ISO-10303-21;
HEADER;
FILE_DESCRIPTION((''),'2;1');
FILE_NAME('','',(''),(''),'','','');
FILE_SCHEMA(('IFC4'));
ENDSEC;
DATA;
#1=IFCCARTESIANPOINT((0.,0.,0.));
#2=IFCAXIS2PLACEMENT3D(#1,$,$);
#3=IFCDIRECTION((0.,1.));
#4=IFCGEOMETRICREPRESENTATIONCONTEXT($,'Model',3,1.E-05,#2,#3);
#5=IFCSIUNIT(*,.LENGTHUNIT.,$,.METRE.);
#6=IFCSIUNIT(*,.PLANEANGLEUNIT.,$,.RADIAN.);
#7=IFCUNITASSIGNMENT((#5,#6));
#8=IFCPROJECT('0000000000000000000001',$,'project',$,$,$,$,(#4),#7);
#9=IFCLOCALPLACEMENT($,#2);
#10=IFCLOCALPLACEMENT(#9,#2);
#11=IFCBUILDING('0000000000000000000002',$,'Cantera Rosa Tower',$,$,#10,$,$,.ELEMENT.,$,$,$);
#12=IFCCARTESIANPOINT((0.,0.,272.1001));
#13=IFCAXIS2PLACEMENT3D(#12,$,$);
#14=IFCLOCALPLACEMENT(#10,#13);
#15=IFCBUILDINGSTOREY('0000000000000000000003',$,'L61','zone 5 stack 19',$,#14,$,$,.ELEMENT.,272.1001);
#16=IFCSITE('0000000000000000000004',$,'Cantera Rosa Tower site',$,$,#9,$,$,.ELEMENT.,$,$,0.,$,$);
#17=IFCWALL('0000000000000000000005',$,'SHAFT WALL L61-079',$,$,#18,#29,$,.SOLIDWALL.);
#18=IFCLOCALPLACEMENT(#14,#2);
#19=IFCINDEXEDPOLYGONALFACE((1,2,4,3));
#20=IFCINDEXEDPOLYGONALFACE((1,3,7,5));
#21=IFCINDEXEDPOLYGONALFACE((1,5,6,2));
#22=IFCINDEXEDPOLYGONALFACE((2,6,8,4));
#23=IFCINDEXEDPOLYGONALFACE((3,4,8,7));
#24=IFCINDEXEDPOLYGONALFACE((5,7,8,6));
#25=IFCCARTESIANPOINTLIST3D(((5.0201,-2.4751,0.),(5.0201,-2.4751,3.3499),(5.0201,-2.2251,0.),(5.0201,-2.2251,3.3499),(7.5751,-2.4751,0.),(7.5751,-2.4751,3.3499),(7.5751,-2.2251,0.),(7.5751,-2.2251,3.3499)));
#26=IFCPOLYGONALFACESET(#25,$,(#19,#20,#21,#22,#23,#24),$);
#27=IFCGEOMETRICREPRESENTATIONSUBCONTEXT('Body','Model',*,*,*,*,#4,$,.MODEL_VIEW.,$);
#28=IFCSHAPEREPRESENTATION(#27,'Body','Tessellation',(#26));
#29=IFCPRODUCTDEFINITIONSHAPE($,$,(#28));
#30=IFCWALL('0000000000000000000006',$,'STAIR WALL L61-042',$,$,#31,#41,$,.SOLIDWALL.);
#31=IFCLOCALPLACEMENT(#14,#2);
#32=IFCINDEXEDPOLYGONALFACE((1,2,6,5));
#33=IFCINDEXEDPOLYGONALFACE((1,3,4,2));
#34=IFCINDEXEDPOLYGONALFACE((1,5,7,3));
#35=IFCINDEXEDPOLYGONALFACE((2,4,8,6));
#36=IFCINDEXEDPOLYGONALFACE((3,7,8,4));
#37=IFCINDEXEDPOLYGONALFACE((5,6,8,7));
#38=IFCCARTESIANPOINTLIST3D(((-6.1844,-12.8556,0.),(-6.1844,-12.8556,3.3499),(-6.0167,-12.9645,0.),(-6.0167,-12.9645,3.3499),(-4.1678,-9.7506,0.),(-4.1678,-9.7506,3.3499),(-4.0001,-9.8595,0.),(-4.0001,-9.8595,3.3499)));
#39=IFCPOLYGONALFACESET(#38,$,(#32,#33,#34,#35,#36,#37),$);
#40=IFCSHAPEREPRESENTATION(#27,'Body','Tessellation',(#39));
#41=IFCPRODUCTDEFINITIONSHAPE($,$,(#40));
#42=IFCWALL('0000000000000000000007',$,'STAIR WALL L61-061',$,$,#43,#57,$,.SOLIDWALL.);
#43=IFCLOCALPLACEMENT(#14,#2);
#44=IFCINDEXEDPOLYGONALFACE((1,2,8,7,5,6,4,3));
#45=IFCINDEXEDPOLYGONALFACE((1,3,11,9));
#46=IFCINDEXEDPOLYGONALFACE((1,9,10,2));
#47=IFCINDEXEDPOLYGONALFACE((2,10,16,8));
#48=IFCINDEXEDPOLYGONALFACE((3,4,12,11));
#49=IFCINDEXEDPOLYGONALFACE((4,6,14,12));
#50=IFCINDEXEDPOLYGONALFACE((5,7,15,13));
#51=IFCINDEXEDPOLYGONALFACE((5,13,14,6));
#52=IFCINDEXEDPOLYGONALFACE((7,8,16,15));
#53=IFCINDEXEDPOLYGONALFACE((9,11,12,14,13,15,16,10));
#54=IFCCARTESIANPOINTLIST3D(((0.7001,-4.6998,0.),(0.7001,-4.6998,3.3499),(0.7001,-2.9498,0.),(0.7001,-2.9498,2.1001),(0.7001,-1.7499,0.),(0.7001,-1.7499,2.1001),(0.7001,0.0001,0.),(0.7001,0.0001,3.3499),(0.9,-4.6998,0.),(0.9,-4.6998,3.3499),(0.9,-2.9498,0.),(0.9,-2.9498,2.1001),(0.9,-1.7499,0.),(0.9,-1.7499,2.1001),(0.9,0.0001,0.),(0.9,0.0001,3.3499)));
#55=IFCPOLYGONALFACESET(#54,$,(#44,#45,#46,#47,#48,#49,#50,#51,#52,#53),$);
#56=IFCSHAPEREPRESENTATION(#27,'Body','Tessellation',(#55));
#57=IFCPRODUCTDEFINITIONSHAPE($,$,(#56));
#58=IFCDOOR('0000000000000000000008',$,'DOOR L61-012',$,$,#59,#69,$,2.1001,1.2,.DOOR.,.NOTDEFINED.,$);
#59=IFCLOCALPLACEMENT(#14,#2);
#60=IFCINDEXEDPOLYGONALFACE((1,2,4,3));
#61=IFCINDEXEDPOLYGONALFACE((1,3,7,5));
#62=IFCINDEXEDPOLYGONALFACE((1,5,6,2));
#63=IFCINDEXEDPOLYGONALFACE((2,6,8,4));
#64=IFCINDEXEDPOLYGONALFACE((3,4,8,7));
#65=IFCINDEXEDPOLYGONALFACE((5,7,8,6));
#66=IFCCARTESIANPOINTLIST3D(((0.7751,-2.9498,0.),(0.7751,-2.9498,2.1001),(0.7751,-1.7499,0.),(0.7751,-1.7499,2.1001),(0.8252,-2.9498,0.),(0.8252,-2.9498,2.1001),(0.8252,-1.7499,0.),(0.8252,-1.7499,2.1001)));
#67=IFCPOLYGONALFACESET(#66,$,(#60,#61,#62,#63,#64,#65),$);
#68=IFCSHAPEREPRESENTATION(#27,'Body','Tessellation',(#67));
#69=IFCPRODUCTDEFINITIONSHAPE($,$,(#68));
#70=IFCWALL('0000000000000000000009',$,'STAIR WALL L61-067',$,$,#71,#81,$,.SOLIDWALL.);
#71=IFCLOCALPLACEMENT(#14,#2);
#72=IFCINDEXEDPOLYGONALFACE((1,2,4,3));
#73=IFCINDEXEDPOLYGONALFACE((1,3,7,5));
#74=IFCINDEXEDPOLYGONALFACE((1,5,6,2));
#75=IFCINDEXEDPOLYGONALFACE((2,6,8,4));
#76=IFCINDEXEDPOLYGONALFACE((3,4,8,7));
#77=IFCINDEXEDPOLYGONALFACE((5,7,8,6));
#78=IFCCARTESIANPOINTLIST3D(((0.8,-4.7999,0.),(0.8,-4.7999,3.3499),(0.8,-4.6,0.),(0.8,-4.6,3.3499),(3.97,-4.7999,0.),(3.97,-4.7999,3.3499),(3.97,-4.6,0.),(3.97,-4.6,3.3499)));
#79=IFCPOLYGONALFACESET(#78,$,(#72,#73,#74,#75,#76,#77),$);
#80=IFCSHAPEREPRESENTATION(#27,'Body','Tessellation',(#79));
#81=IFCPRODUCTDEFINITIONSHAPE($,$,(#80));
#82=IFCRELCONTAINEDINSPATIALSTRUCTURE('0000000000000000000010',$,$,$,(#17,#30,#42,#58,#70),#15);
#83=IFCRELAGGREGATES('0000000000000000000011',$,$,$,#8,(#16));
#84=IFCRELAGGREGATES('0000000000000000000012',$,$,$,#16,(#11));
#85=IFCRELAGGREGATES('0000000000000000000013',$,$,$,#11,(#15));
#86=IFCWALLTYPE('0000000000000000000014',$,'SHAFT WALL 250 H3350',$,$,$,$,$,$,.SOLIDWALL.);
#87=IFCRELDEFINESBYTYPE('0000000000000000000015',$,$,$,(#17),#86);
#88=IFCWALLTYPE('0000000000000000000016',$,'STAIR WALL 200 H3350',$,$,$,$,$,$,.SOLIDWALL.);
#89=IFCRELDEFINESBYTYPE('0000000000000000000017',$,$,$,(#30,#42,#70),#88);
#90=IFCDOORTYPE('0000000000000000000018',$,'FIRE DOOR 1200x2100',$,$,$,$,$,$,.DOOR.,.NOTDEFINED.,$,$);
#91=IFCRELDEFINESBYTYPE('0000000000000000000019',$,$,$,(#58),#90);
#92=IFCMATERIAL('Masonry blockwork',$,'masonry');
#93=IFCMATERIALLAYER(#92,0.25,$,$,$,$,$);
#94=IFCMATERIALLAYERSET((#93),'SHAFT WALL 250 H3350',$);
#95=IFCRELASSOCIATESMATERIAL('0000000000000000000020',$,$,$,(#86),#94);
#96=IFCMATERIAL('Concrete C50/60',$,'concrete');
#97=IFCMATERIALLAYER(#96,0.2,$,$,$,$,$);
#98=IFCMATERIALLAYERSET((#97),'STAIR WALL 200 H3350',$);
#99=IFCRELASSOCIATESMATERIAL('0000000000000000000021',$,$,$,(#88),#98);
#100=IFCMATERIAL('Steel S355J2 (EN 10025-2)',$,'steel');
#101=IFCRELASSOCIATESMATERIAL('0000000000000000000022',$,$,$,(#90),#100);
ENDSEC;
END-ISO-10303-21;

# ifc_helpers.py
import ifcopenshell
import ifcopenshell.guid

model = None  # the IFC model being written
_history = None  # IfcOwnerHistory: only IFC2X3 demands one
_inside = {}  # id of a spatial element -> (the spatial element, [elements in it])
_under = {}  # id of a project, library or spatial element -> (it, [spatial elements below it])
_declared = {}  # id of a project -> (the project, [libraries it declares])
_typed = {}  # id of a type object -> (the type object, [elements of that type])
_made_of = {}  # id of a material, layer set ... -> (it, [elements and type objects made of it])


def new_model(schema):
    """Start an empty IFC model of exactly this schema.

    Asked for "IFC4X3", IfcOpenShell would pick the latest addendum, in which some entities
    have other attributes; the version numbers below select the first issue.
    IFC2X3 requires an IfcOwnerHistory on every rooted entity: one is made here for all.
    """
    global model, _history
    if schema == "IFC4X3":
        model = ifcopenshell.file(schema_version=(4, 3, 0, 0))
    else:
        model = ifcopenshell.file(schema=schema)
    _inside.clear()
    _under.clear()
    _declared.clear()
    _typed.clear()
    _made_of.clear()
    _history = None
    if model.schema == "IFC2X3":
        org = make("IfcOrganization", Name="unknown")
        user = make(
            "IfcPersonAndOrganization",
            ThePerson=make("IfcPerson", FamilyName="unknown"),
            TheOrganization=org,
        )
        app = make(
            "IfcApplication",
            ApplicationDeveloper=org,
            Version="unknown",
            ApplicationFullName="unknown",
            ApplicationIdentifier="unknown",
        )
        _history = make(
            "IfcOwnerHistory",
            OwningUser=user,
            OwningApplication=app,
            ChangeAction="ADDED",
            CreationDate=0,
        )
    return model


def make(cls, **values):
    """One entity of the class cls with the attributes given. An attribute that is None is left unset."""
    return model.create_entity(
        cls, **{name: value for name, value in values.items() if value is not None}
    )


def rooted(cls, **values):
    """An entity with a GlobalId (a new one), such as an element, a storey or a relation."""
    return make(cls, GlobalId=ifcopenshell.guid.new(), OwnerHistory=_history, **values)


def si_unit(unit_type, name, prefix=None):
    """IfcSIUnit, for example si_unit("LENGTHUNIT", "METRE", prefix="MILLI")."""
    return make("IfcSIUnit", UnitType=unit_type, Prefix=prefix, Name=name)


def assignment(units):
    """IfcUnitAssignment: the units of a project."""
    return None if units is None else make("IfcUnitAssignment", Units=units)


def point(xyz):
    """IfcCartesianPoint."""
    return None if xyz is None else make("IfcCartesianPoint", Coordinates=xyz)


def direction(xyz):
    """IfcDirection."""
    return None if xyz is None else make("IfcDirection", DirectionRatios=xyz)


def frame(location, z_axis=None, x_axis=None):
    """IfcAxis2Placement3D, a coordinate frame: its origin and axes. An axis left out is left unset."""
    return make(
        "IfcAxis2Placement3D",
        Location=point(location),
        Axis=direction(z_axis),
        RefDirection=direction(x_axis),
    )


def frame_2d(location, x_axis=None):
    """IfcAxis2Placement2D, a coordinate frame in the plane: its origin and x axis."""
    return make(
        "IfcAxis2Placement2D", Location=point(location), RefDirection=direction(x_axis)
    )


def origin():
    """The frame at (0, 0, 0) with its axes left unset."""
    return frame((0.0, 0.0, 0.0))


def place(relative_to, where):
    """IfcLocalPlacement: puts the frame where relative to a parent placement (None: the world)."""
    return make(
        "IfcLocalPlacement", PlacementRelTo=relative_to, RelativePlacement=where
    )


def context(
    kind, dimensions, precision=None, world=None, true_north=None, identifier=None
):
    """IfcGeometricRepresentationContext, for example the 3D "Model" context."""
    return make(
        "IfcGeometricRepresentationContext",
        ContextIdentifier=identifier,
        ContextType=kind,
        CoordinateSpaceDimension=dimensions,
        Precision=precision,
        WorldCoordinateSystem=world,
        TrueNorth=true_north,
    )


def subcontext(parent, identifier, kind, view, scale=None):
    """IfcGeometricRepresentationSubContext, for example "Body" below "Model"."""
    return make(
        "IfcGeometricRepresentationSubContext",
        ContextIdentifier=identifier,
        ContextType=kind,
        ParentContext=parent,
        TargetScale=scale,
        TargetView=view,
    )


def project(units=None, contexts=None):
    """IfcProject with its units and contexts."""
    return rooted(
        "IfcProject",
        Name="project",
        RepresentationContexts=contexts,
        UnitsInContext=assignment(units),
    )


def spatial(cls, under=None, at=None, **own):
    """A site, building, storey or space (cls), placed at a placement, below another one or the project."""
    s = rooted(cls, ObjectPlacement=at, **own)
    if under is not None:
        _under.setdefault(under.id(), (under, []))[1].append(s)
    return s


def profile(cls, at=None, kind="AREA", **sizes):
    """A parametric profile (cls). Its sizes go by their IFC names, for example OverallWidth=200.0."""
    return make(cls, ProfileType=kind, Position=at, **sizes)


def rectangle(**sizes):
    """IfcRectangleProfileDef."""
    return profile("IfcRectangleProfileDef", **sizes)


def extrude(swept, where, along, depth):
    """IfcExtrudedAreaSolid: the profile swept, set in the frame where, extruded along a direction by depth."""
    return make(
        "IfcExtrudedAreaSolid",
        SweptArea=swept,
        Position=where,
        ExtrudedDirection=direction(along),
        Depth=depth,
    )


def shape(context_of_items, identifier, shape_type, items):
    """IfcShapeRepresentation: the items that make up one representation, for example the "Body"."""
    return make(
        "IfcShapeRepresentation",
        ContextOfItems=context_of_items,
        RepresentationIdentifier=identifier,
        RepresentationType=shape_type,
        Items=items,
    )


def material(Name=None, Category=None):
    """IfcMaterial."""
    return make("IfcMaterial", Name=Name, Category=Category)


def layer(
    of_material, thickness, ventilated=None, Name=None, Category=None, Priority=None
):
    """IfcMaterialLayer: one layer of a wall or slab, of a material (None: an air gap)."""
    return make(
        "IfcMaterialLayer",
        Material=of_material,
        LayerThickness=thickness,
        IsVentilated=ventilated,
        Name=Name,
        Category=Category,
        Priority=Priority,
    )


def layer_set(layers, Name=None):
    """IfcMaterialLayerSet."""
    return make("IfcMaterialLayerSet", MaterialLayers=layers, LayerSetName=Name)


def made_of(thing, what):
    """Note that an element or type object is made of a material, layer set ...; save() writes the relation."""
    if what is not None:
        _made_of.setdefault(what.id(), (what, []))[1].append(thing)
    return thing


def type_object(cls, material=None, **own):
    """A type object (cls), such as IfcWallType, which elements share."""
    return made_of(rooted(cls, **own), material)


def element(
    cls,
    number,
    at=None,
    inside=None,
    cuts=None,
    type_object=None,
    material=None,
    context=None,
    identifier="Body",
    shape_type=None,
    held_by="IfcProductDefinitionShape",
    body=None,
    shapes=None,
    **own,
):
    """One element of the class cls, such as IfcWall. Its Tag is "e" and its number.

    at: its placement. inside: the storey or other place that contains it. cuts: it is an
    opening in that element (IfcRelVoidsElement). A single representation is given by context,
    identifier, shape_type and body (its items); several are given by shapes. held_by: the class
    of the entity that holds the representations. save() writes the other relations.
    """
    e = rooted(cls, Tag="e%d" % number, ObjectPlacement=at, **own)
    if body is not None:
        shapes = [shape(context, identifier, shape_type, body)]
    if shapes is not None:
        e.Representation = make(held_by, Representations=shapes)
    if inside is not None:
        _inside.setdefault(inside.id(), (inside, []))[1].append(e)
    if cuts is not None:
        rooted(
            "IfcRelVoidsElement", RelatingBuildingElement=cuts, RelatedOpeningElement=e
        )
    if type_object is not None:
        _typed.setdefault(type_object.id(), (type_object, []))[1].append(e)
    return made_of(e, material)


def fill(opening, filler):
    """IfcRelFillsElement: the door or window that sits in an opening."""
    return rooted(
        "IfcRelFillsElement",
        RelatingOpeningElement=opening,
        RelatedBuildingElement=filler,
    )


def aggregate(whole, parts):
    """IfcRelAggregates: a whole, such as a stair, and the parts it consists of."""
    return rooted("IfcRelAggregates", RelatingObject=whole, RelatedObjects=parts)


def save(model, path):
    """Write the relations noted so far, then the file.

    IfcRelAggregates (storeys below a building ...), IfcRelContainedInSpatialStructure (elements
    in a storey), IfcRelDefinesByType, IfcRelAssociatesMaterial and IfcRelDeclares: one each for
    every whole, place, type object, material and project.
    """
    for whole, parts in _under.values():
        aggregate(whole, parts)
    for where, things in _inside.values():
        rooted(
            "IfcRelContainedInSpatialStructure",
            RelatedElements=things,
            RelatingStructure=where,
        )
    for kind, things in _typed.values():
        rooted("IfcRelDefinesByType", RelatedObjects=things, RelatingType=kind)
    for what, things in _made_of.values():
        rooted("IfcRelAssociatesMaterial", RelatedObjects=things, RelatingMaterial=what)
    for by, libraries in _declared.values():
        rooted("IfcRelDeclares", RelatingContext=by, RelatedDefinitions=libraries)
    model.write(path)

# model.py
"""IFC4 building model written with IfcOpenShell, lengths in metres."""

from ifc_helpers import new_model, si_unit, direction, frame, frame_2d, origin, place, context, subcontext, project, spatial, rectangle, extrude, material, layer, layer_set, type_object, element, fill, save


model = new_model("IFC4")

# Units and contexts
model_context = context("Model", 3, precision=1e-05, world=origin(), true_north=direction((0.0, 1.0)))
body_context = subcontext(model_context, "Body", "Model", "MODEL_VIEW")
ifc_project = project(units=[si_unit("LENGTHUNIT", "METRE"), si_unit("PLANEANGLEUNIT", "RADIAN")], contexts=[model_context])

# Site, building, storey
site_placement = place(None, origin())
site = spatial("IfcSite", under=ifc_project, at=site_placement, Name="Cantera Rosa Tower site", CompositionType="ELEMENT", RefElevation=0.0)
building_placement = place(site_placement, origin())
building = spatial("IfcBuilding", under=site, at=building_placement, Name="Cantera Rosa Tower", CompositionType="ELEMENT")
storey_placement = place(building_placement, frame((0.0, 0.0, 272.1001)))
storey = spatial("IfcBuildingStorey", under=building, at=storey_placement, Name="L61", Description="zone 5 stack 19", CompositionType="ELEMENT", Elevation=272.1001)

# Walls
ifc_material_1 = material(Name="Masonry blockwork", Category="masonry")
ifc_layer_1 = layer(ifc_material_1, 0.25)
ifc_layer_set_1 = layer_set([ifc_layer_1], Name="SHAFT WALL 250 H3350")
wall_type_1 = type_object("IfcWallType", Name="SHAFT WALL 250 H3350", PredefinedType="SOLIDWALL", material=ifc_layer_set_1)
wall_1_placement = place(storey_placement, frame((7.575, -2.3501, 0.0), z_axis=(0.0, 0.0, 1.0), x_axis=(-1.0, 0.0, 0.0)))
element("IfcWall", 1, at=wall_1_placement, inside=storey, type_object=wall_type_1, Name="SHAFT WALL L61-079", PredefinedType="SOLIDWALL", context=body_context, shape_type="SweptSolid", body=[
    extrude(rectangle(XDim=2.5549, YDim=0.25, at=frame_2d((1.2773, 0.0))), origin(), (0.0, 0.0, 1.0), 3.3499),
])
ifc_material_2 = material(Name="Concrete C50/60", Category="concrete")
ifc_layer_2 = layer(ifc_material_2, 0.2)
ifc_layer_set_2 = layer_set([ifc_layer_2], Name="STAIR WALL 200 H3350")
wall_type_2 = type_object("IfcWallType", Name="STAIR WALL 200 H3350", PredefinedType="SOLIDWALL", material=ifc_layer_set_2)
wall_2_placement = place(storey_placement, frame((-4.084, -9.8052, 0.0), z_axis=(0.0, 0.0, 1.0), x_axis=(-0.544678, -0.838645, 0.0)))
element("IfcWall", 2, at=wall_2_placement, inside=storey, type_object=wall_type_2, Name="STAIR WALL L61-042", PredefinedType="SOLIDWALL", context=body_context, shape_type="SweptSolid", body=[
    extrude(rectangle(XDim=3.7024, YDim=0.2, at=frame_2d((1.8511, 0.0))), origin(), (0.0, 0.0, 1.0), 3.3499),
])

# Wall, opening, door
wall_3_placement = place(storey_placement, frame((0.8, -4.7, 0.0), z_axis=(0.0, 0.0, 1.0), x_axis=(0.0, 1.0, 0.0)))
wall_3 = element("IfcWall", 3, at=wall_3_placement, inside=storey, type_object=wall_type_2, Name="STAIR WALL L61-061", PredefinedType="SOLIDWALL", context=body_context, shape_type="SweptSolid", body=[
    extrude(rectangle(XDim=4.7, YDim=0.2, at=frame_2d((2.3501, 0.0))), origin(), (0.0, 0.0, 1.0), 3.3499),
])
opening_1_placement = place(wall_3_placement, frame((1.75, 0.0, 0.0)))
opening_1 = element("IfcOpeningElement", 4, at=opening_1_placement, cuts=wall_3, PredefinedType="OPENING", context=body_context, shape_type="SweptSolid", body=[
    extrude(rectangle(XDim=1.2, YDim=2.1001, at=frame_2d((0.6001, 1.05))), frame((0.0, 0.1099, 0.0), z_axis=(0.0, -1.0, 0.0), x_axis=(1.0, 0.0, 0.0)), (0.0, 0.0, 1.0), 0.22),
])
ifc_material_3 = material(Name="Steel S355J2 (EN 10025-2)", Category="steel")
door_type_1 = type_object("IfcDoorType", Name="FIRE DOOR 1200x2100", OperationType="NOTDEFINED", PredefinedType="DOOR", material=ifc_material_3)
door_1_placement = place(opening_1_placement, origin())
door_1 = element("IfcDoor", 5, at=door_1_placement, inside=storey, type_object=door_type_1, Name="DOOR L61-012", OperationType="NOTDEFINED", OverallHeight=2.1001, OverallWidth=1.2, PredefinedType="DOOR", context=body_context, shape_type="SweptSolid", body=[
    extrude(rectangle(XDim=1.2, YDim=2.1001, at=frame_2d((0.6001, 1.05))), frame((0.0, 0.0249, 0.0), z_axis=(0.0, -1.0, 0.0), x_axis=(1.0, 0.0, 0.0)), (0.0, 0.0, 1.0), 0.05),
])
fill(opening_1, door_1)

# Wall
wall_4_placement = place(storey_placement, frame((3.97, -4.7, 0.0), z_axis=(0.0, 0.0, 1.0), x_axis=(-1.0, 0.0, 0.0)))
element("IfcWall", 6, at=wall_4_placement, inside=storey, type_object=wall_type_2, Name="STAIR WALL L61-067", PredefinedType="SOLIDWALL", context=body_context, shape_type="SweptSolid", body=[
    extrude(rectangle(XDim=3.1699, YDim=0.2, at=frame_2d((1.585, 0.0))), origin(), (0.0, 0.0, 1.0), 3.3499),
])

save(model, "model.ifc")
